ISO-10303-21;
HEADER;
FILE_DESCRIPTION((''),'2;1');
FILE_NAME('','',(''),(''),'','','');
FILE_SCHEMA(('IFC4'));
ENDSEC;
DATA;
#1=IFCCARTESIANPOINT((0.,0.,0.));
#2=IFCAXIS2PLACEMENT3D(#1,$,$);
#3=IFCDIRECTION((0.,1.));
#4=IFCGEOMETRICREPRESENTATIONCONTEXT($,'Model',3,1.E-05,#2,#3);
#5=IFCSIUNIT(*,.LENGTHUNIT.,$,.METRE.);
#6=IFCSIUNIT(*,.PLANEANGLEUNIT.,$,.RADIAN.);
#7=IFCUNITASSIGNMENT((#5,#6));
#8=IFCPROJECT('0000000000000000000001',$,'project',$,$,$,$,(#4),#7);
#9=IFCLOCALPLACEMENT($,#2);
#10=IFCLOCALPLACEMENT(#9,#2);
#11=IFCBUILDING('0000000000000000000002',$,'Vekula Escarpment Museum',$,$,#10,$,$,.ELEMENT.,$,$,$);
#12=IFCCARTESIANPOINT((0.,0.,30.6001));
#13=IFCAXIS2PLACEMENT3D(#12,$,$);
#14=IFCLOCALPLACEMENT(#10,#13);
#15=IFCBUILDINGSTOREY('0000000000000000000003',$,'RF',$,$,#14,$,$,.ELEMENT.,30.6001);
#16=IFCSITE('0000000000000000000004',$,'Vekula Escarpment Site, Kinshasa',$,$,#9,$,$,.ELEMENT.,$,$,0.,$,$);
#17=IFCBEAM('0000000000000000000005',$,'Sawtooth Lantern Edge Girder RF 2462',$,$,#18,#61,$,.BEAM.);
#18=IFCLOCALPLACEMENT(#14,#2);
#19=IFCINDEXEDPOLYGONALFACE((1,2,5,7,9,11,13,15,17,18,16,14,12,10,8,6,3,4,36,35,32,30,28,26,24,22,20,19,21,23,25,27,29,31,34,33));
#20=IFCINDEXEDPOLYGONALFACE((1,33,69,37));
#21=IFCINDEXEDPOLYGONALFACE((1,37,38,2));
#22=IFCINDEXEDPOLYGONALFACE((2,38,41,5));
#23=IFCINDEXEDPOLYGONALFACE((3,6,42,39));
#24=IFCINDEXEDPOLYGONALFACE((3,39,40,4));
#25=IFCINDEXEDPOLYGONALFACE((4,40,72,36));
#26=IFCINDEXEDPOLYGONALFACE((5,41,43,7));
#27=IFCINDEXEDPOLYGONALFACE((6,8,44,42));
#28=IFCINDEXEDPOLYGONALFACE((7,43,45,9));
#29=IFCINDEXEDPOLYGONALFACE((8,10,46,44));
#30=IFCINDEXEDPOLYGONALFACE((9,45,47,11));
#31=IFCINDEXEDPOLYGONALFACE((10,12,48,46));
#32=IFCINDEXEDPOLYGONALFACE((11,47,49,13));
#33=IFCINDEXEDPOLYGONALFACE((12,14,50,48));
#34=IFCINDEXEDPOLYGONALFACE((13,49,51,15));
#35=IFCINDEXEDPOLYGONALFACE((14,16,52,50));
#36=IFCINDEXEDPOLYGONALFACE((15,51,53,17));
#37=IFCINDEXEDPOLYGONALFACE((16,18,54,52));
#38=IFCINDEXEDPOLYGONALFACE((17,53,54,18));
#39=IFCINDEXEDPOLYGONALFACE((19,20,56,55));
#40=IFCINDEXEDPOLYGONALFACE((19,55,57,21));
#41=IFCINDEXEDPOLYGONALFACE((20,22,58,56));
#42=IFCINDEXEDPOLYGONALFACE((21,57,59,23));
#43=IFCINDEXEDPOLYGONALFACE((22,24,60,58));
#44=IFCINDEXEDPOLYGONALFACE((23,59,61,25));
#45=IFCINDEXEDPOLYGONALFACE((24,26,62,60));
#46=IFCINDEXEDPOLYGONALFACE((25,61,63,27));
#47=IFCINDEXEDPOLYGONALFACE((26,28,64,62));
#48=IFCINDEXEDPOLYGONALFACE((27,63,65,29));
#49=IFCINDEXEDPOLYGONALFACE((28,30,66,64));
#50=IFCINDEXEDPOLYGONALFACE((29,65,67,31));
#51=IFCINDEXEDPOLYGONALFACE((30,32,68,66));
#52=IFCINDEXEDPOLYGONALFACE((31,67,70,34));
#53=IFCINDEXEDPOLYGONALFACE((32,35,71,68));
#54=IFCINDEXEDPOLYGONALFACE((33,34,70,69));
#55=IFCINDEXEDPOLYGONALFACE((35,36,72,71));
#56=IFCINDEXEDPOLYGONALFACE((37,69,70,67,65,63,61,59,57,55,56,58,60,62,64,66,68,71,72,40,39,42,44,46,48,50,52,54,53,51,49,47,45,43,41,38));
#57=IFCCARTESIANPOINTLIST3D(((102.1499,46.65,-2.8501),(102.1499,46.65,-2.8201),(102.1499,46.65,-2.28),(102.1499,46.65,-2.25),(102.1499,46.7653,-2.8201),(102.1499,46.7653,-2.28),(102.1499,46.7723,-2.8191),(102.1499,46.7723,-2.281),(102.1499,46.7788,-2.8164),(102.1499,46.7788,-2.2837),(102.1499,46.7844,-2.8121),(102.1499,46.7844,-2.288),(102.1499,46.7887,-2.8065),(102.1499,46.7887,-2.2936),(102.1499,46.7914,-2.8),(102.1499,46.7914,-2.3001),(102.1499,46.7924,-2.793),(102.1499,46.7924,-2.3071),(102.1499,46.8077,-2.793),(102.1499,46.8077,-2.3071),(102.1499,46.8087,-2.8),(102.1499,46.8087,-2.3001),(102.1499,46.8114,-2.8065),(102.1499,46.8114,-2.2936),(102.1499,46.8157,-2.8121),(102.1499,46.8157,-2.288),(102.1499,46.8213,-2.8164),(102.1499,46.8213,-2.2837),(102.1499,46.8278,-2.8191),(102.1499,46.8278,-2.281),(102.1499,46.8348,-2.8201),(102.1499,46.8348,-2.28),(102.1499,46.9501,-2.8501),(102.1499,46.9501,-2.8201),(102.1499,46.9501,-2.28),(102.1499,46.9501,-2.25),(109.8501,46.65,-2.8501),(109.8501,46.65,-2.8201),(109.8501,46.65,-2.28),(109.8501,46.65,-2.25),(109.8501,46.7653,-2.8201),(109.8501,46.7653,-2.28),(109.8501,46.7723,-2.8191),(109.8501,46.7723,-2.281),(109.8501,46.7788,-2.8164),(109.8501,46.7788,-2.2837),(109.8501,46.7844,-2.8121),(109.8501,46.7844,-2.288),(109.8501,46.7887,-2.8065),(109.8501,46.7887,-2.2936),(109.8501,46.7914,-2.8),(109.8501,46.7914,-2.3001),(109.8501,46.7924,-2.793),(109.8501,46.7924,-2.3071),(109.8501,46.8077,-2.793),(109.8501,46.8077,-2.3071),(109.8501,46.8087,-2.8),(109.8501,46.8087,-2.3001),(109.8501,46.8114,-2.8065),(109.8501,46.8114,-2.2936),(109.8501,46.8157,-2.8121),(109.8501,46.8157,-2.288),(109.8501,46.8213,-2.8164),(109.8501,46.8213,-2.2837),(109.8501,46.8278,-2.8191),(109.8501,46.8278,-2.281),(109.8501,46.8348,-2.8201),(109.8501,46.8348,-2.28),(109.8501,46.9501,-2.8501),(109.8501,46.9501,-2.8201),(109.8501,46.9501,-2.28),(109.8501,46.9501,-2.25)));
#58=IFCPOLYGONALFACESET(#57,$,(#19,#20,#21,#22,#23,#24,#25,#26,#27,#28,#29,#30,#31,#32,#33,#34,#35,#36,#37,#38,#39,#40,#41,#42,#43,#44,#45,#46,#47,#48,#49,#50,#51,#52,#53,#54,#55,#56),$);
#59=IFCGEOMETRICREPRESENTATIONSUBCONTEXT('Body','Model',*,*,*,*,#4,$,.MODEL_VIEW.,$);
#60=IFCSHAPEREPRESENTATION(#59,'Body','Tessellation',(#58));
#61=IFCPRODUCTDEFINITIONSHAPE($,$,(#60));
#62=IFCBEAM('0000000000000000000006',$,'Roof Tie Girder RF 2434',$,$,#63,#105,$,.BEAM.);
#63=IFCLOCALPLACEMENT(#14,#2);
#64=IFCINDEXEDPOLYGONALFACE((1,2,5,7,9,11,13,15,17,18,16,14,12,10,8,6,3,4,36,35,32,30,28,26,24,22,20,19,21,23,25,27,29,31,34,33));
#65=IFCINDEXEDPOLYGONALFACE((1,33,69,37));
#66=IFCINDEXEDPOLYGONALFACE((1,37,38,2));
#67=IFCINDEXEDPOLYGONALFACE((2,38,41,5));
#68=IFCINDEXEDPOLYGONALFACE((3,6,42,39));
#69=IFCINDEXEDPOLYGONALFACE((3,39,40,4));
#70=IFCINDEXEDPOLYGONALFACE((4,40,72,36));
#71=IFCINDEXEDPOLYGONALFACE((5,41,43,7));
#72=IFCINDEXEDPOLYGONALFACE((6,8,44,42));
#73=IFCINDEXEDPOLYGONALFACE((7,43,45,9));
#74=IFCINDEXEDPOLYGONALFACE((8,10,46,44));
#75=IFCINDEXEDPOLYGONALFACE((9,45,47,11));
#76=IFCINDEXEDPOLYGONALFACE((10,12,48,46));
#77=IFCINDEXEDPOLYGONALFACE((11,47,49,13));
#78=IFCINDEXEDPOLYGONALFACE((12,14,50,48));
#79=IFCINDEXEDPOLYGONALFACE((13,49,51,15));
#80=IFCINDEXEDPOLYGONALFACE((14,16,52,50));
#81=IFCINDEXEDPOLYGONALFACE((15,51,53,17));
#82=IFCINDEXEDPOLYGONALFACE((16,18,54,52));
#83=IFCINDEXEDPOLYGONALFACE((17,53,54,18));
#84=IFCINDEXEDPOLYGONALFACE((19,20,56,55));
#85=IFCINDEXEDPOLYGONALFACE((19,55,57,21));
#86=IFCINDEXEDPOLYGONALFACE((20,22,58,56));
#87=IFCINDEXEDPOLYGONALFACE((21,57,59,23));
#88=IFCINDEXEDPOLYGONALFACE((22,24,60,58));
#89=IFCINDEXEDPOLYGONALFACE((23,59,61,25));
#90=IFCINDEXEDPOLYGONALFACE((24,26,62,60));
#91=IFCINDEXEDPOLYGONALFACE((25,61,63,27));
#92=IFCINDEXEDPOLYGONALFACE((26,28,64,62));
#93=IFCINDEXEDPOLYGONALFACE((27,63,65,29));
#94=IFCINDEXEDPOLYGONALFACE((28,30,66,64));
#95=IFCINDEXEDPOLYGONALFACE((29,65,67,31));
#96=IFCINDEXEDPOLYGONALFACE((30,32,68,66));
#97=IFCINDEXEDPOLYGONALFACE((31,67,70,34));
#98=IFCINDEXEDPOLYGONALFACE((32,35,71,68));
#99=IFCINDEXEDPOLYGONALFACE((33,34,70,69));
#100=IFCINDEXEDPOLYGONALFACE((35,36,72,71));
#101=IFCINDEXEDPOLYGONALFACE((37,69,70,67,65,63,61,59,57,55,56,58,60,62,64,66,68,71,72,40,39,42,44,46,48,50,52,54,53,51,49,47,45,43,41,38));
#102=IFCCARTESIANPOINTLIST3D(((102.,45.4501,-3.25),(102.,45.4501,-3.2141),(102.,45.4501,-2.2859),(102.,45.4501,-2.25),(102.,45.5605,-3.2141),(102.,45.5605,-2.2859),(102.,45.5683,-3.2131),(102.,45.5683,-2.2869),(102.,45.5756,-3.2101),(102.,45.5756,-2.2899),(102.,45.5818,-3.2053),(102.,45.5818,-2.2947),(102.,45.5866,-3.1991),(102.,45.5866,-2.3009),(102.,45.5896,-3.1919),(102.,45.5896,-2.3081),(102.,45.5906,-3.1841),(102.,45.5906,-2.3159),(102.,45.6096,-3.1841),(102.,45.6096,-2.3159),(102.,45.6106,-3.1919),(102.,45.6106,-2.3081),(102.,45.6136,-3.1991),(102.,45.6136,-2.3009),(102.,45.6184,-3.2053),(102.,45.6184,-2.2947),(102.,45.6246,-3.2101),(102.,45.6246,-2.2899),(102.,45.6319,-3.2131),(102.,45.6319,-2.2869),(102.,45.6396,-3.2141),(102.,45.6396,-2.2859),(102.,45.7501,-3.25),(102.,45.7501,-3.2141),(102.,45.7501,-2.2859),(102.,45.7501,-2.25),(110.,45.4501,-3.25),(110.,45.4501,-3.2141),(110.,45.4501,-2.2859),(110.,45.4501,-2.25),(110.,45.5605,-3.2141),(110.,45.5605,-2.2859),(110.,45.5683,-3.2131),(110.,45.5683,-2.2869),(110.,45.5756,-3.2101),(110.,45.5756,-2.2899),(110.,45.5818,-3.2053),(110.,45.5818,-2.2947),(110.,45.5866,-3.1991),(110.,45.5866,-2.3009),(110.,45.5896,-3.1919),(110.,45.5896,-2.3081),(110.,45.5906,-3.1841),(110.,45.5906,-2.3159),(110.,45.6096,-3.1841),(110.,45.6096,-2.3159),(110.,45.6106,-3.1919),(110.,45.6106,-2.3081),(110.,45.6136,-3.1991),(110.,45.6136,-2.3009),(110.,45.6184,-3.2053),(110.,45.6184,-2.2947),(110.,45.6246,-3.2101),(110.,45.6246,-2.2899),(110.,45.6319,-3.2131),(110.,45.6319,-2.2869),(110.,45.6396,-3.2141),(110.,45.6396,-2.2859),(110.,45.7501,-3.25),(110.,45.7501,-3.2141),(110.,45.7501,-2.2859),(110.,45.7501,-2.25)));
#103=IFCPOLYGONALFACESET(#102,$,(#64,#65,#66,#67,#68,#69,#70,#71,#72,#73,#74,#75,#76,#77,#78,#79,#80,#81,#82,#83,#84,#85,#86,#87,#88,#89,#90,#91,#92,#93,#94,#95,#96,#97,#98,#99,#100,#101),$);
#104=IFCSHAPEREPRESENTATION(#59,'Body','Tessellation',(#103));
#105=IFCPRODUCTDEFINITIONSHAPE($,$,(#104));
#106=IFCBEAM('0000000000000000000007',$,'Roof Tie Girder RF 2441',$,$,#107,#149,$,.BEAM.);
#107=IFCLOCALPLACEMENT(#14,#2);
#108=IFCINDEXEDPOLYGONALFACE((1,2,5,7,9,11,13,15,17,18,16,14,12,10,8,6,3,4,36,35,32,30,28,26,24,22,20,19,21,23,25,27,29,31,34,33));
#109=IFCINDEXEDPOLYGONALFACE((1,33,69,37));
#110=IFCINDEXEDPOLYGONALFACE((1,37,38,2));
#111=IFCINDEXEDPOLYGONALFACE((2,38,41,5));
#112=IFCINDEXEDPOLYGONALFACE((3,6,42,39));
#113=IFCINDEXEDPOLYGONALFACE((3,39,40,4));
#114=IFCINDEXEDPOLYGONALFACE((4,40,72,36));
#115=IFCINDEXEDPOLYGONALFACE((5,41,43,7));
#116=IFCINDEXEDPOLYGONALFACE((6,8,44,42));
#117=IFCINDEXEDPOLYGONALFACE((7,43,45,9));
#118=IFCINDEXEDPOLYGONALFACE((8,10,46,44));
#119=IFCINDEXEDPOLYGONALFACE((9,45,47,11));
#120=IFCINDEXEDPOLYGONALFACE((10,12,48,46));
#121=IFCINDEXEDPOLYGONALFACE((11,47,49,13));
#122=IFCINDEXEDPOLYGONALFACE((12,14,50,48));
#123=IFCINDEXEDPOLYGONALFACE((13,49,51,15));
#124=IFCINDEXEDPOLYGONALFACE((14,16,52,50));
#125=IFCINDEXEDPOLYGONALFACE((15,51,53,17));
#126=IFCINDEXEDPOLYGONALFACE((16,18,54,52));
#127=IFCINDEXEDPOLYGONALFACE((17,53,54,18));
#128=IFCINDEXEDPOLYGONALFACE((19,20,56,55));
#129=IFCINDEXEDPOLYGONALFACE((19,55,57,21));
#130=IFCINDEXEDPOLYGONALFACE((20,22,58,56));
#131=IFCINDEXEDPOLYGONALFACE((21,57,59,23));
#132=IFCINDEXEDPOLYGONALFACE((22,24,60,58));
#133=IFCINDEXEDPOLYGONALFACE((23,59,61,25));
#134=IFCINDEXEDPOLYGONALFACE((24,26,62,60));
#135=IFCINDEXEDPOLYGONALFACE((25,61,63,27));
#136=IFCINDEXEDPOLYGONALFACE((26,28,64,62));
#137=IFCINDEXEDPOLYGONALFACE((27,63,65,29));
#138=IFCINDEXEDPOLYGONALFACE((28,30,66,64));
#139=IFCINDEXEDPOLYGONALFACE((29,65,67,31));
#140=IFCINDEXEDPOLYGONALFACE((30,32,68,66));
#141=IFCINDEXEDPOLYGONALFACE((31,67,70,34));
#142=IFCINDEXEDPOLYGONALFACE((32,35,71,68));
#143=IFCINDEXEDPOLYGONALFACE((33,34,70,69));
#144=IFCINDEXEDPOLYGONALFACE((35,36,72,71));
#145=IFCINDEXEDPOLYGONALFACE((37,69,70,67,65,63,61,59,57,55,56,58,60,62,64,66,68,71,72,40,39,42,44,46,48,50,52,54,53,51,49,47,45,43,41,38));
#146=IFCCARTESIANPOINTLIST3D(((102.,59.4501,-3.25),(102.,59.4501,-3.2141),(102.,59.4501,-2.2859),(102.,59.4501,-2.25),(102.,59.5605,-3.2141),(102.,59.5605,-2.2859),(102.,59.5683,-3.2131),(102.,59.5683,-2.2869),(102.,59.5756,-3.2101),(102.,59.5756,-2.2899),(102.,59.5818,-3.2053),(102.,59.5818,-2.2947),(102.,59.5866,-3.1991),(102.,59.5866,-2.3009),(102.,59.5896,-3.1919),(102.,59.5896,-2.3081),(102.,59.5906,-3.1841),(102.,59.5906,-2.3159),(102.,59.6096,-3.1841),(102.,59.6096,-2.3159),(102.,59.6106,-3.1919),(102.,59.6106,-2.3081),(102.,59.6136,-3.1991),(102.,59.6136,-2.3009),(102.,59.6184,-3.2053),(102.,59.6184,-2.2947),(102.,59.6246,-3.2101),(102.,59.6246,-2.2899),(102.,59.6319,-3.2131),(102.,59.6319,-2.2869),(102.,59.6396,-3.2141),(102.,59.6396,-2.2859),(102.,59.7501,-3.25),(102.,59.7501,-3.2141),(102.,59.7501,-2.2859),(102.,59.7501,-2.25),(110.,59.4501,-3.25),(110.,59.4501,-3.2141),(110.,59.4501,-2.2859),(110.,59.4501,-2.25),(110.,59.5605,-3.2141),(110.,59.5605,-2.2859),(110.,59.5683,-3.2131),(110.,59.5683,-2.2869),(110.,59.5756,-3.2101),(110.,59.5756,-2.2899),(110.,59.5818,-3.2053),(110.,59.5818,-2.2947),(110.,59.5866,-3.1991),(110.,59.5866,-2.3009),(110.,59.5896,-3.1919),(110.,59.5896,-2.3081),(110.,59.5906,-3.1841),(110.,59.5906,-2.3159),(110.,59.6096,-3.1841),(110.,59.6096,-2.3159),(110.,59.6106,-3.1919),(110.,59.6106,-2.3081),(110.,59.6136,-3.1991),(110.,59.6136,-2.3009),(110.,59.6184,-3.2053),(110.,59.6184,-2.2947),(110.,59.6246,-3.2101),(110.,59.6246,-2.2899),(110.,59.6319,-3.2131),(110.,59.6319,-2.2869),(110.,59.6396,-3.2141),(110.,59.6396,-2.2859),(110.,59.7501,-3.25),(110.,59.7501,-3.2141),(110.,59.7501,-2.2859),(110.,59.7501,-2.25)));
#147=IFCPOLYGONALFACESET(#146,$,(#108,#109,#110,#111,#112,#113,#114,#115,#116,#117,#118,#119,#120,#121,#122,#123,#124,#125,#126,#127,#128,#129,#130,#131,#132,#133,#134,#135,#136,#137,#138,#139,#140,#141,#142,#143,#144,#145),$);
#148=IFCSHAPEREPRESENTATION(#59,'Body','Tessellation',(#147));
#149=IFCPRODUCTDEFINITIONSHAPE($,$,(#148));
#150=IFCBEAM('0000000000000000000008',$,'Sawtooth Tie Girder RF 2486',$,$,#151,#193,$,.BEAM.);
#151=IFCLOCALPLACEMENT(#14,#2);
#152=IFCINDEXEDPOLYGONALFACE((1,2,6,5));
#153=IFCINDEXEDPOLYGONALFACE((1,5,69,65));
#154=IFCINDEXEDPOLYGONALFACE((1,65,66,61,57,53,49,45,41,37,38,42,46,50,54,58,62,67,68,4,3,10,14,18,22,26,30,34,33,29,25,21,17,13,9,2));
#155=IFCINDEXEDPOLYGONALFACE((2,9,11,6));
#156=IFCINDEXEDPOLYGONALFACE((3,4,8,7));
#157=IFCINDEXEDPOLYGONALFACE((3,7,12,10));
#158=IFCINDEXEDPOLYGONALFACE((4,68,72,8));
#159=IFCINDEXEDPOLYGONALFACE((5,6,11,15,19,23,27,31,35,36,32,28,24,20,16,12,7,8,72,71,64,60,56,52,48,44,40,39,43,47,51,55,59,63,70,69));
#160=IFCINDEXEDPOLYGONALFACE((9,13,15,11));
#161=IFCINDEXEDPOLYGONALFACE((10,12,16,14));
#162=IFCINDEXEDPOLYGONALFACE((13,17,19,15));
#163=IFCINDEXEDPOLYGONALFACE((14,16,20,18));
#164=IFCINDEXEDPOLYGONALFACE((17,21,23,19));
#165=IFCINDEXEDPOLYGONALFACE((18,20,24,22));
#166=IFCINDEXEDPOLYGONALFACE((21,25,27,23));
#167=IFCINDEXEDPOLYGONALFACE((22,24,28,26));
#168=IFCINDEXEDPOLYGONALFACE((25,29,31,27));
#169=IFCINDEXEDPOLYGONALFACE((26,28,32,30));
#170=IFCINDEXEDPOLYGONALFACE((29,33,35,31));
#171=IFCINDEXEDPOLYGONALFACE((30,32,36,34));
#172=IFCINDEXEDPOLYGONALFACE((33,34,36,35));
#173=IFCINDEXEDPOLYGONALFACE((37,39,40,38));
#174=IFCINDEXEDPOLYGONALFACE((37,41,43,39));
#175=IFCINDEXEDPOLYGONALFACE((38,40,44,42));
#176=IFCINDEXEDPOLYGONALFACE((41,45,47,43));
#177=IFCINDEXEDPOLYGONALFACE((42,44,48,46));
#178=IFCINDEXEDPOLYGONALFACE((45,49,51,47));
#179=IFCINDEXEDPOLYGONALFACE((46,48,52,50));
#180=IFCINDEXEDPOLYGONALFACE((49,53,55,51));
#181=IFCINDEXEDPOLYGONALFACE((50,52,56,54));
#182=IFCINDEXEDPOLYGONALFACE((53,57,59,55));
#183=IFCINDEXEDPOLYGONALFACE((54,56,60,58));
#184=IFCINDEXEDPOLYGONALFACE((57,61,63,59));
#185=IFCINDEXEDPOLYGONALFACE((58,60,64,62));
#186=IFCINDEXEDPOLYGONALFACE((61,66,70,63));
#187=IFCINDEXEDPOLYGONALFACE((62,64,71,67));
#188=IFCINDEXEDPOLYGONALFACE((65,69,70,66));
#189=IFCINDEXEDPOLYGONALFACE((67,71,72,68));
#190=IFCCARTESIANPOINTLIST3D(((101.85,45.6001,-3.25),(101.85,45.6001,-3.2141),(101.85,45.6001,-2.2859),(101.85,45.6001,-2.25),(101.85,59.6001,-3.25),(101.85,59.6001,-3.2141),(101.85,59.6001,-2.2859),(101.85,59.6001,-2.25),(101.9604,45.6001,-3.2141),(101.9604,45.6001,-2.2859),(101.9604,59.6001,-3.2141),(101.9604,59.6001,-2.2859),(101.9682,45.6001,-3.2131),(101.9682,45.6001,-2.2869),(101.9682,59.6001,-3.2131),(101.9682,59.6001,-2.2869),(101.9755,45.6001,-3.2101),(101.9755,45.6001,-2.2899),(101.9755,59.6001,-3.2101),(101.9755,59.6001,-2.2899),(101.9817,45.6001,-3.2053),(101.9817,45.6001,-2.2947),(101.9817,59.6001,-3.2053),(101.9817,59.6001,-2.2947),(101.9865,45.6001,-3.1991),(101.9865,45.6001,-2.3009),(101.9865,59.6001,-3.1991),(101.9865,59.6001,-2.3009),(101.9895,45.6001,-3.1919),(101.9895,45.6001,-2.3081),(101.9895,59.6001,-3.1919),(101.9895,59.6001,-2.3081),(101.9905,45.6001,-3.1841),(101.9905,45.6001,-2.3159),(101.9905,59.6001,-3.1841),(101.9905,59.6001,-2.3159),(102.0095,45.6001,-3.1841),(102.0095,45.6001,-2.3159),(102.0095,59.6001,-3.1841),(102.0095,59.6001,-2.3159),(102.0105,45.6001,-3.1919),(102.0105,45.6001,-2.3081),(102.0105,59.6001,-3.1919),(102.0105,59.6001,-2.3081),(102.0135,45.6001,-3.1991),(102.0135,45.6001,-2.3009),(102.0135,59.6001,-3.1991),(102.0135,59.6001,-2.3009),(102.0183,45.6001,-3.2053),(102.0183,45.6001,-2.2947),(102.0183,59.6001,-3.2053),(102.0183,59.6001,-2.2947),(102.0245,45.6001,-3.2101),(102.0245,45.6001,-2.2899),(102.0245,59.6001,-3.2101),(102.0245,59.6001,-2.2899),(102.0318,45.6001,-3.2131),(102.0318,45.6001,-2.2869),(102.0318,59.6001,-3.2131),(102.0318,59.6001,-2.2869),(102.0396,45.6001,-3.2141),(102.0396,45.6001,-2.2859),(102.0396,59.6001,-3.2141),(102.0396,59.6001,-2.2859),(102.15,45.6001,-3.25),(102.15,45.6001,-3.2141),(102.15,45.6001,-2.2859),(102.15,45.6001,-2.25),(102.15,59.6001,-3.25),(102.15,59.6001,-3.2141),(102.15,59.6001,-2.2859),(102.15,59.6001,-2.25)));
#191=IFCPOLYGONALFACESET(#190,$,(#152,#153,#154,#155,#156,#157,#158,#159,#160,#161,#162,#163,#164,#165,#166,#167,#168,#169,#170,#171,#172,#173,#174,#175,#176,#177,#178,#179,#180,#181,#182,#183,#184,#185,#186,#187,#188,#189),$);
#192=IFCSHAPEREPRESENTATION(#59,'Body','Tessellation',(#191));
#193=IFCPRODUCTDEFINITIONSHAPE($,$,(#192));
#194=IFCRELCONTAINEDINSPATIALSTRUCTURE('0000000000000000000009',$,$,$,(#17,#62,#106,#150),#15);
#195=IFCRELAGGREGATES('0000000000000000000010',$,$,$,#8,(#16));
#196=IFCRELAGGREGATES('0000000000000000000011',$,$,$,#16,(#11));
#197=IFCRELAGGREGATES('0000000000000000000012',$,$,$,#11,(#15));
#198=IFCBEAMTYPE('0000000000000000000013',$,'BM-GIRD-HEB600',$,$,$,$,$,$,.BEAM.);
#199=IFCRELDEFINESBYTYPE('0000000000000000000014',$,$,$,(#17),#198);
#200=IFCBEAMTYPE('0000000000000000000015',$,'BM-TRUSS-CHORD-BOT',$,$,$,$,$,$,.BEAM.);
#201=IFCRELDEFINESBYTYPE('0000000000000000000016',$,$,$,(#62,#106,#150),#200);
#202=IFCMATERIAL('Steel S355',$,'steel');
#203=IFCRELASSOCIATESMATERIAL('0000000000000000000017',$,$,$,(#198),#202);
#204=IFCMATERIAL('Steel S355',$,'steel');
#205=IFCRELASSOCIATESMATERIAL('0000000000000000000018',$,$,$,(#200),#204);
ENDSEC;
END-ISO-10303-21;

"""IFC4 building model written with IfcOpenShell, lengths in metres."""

from ifc_helpers import new_model, si_unit, direction, frame, origin, origin_2d, place, context, subcontext, project, spatial, i_section, extrude, material, material_profile, profile_set, type_object, element, save


model = new_model("IFC4")

# Units and contexts
model_context = context("Model", 3, precision=1e-05, world=origin(), true_north=direction((0.0, 1.0)))
body_context = subcontext(model_context, "Body", "Model", "MODEL_VIEW")
ifc_project = project(units=[si_unit("LENGTHUNIT", "METRE"), si_unit("PLANEANGLEUNIT", "RADIAN")], contexts=[model_context])

# Site, building, storey
site_placement = place(None, origin())
site = spatial("IfcSite", under=ifc_project, at=site_placement, Name="Vekula Escarpment Site, Kinshasa", CompositionType="ELEMENT", RefElevation=0.0)
building_placement = place(site_placement, origin())
building = spatial("IfcBuilding", under=site, at=building_placement, Name="Vekula Escarpment Museum", CompositionType="ELEMENT")
storey_placement = place(building_placement, frame((0.0, 0.0, 30.6001)))
storey = spatial("IfcBuildingStorey", under=building, at=storey_placement, Name="RF", CompositionType="ELEMENT", Elevation=30.6001)

# Beams
ifc_material_1 = material(Name="Steel S355", Category="steel")
ifc_material_profile_1 = material_profile(ifc_material_1, i_section(OverallWidth=0.3, OverallDepth=0.6001, WebThickness=0.0154, FlangeThickness=0.03, FilletRadius=0.0271, at=origin_2d()), Name="HEB 600")
ifc_profile_set_1 = profile_set([ifc_material_profile_1], Name="Steel S355")
beam_type_1 = type_object("IfcBeamType", Name="BM-GIRD-HEB600", PredefinedType="BEAM", material=ifc_profile_set_1)
beam_1_placement = place(storey_placement, frame((102.1499, 46.8, -2.55), z_axis=(1.0, 0.0, 0.0), x_axis=(0.0, 1.0, 0.0)))
element("IfcBeam", 1, at=beam_1_placement, inside=storey, type_object=beam_type_1, Name="Sawtooth Lantern Edge Girder RF 2462", PredefinedType="BEAM", context=body_context, shape_type="SweptSolid", body=[
    extrude(i_section(OverallWidth=0.3, OverallDepth=0.6001, WebThickness=0.0154, FlangeThickness=0.03, FilletRadius=0.0271, at=origin_2d()), origin(), (0.0, 0.0, 1.0), 7.7002),
])
ifc_material_2 = material(Name="Steel S355", Category="steel")
ifc_material_profile_2 = material_profile(ifc_material_2, i_section(OverallWidth=0.3, OverallDepth=1.0, WebThickness=0.019, FlangeThickness=0.0359, FilletRadius=0.03, at=origin_2d()), Name="HEB 1000")
ifc_profile_set_2 = profile_set([ifc_material_profile_2], Name="Steel S355")
beam_type_2 = type_object("IfcBeamType", Name="BM-TRUSS-CHORD-BOT", PredefinedType="BEAM", material=ifc_profile_set_2)
for number, where, z_axis, x_axis, name in (
    (2, (102.0, 45.6001, -2.75), (1.0, 0.0, 0.0), (0.0, 1.0, 0.0), "Roof Tie Girder RF 2434"),
    (3, (102.0, 59.6001, -2.75), (1.0, 0.0, 0.0), (0.0, 1.0, 0.0), "Roof Tie Girder RF 2441"),
):
    element("IfcBeam", number, at=place(storey_placement, frame(where, z_axis=z_axis, x_axis=x_axis)), inside=storey, type_object=beam_type_2, Name=name, PredefinedType="BEAM", context=body_context, shape_type="SweptSolid", body=[
        extrude(i_section(OverallWidth=0.3, OverallDepth=1.0, WebThickness=0.019, FlangeThickness=0.0359, FilletRadius=0.03, at=origin_2d()), origin(), (0.0, 0.0, 1.0), 8.0),
    ])
beam_2_placement = place(storey_placement, frame((102.0, 45.6001, -2.75), z_axis=(0.0, 1.0, 0.0), x_axis=(-1.0, 0.0, 0.0)))
element("IfcBeam", 4, at=beam_2_placement, inside=storey, type_object=beam_type_2, Name="Sawtooth Tie Girder RF 2486", PredefinedType="BEAM", context=body_context, shape_type="SweptSolid", body=[
    extrude(i_section(OverallWidth=0.3, OverallDepth=1.0, WebThickness=0.019, FlangeThickness=0.0359, FilletRadius=0.03, at=origin_2d()), origin(), (0.0, 0.0, 1.0), 14.0),
])

save(model, "model.ifc")
